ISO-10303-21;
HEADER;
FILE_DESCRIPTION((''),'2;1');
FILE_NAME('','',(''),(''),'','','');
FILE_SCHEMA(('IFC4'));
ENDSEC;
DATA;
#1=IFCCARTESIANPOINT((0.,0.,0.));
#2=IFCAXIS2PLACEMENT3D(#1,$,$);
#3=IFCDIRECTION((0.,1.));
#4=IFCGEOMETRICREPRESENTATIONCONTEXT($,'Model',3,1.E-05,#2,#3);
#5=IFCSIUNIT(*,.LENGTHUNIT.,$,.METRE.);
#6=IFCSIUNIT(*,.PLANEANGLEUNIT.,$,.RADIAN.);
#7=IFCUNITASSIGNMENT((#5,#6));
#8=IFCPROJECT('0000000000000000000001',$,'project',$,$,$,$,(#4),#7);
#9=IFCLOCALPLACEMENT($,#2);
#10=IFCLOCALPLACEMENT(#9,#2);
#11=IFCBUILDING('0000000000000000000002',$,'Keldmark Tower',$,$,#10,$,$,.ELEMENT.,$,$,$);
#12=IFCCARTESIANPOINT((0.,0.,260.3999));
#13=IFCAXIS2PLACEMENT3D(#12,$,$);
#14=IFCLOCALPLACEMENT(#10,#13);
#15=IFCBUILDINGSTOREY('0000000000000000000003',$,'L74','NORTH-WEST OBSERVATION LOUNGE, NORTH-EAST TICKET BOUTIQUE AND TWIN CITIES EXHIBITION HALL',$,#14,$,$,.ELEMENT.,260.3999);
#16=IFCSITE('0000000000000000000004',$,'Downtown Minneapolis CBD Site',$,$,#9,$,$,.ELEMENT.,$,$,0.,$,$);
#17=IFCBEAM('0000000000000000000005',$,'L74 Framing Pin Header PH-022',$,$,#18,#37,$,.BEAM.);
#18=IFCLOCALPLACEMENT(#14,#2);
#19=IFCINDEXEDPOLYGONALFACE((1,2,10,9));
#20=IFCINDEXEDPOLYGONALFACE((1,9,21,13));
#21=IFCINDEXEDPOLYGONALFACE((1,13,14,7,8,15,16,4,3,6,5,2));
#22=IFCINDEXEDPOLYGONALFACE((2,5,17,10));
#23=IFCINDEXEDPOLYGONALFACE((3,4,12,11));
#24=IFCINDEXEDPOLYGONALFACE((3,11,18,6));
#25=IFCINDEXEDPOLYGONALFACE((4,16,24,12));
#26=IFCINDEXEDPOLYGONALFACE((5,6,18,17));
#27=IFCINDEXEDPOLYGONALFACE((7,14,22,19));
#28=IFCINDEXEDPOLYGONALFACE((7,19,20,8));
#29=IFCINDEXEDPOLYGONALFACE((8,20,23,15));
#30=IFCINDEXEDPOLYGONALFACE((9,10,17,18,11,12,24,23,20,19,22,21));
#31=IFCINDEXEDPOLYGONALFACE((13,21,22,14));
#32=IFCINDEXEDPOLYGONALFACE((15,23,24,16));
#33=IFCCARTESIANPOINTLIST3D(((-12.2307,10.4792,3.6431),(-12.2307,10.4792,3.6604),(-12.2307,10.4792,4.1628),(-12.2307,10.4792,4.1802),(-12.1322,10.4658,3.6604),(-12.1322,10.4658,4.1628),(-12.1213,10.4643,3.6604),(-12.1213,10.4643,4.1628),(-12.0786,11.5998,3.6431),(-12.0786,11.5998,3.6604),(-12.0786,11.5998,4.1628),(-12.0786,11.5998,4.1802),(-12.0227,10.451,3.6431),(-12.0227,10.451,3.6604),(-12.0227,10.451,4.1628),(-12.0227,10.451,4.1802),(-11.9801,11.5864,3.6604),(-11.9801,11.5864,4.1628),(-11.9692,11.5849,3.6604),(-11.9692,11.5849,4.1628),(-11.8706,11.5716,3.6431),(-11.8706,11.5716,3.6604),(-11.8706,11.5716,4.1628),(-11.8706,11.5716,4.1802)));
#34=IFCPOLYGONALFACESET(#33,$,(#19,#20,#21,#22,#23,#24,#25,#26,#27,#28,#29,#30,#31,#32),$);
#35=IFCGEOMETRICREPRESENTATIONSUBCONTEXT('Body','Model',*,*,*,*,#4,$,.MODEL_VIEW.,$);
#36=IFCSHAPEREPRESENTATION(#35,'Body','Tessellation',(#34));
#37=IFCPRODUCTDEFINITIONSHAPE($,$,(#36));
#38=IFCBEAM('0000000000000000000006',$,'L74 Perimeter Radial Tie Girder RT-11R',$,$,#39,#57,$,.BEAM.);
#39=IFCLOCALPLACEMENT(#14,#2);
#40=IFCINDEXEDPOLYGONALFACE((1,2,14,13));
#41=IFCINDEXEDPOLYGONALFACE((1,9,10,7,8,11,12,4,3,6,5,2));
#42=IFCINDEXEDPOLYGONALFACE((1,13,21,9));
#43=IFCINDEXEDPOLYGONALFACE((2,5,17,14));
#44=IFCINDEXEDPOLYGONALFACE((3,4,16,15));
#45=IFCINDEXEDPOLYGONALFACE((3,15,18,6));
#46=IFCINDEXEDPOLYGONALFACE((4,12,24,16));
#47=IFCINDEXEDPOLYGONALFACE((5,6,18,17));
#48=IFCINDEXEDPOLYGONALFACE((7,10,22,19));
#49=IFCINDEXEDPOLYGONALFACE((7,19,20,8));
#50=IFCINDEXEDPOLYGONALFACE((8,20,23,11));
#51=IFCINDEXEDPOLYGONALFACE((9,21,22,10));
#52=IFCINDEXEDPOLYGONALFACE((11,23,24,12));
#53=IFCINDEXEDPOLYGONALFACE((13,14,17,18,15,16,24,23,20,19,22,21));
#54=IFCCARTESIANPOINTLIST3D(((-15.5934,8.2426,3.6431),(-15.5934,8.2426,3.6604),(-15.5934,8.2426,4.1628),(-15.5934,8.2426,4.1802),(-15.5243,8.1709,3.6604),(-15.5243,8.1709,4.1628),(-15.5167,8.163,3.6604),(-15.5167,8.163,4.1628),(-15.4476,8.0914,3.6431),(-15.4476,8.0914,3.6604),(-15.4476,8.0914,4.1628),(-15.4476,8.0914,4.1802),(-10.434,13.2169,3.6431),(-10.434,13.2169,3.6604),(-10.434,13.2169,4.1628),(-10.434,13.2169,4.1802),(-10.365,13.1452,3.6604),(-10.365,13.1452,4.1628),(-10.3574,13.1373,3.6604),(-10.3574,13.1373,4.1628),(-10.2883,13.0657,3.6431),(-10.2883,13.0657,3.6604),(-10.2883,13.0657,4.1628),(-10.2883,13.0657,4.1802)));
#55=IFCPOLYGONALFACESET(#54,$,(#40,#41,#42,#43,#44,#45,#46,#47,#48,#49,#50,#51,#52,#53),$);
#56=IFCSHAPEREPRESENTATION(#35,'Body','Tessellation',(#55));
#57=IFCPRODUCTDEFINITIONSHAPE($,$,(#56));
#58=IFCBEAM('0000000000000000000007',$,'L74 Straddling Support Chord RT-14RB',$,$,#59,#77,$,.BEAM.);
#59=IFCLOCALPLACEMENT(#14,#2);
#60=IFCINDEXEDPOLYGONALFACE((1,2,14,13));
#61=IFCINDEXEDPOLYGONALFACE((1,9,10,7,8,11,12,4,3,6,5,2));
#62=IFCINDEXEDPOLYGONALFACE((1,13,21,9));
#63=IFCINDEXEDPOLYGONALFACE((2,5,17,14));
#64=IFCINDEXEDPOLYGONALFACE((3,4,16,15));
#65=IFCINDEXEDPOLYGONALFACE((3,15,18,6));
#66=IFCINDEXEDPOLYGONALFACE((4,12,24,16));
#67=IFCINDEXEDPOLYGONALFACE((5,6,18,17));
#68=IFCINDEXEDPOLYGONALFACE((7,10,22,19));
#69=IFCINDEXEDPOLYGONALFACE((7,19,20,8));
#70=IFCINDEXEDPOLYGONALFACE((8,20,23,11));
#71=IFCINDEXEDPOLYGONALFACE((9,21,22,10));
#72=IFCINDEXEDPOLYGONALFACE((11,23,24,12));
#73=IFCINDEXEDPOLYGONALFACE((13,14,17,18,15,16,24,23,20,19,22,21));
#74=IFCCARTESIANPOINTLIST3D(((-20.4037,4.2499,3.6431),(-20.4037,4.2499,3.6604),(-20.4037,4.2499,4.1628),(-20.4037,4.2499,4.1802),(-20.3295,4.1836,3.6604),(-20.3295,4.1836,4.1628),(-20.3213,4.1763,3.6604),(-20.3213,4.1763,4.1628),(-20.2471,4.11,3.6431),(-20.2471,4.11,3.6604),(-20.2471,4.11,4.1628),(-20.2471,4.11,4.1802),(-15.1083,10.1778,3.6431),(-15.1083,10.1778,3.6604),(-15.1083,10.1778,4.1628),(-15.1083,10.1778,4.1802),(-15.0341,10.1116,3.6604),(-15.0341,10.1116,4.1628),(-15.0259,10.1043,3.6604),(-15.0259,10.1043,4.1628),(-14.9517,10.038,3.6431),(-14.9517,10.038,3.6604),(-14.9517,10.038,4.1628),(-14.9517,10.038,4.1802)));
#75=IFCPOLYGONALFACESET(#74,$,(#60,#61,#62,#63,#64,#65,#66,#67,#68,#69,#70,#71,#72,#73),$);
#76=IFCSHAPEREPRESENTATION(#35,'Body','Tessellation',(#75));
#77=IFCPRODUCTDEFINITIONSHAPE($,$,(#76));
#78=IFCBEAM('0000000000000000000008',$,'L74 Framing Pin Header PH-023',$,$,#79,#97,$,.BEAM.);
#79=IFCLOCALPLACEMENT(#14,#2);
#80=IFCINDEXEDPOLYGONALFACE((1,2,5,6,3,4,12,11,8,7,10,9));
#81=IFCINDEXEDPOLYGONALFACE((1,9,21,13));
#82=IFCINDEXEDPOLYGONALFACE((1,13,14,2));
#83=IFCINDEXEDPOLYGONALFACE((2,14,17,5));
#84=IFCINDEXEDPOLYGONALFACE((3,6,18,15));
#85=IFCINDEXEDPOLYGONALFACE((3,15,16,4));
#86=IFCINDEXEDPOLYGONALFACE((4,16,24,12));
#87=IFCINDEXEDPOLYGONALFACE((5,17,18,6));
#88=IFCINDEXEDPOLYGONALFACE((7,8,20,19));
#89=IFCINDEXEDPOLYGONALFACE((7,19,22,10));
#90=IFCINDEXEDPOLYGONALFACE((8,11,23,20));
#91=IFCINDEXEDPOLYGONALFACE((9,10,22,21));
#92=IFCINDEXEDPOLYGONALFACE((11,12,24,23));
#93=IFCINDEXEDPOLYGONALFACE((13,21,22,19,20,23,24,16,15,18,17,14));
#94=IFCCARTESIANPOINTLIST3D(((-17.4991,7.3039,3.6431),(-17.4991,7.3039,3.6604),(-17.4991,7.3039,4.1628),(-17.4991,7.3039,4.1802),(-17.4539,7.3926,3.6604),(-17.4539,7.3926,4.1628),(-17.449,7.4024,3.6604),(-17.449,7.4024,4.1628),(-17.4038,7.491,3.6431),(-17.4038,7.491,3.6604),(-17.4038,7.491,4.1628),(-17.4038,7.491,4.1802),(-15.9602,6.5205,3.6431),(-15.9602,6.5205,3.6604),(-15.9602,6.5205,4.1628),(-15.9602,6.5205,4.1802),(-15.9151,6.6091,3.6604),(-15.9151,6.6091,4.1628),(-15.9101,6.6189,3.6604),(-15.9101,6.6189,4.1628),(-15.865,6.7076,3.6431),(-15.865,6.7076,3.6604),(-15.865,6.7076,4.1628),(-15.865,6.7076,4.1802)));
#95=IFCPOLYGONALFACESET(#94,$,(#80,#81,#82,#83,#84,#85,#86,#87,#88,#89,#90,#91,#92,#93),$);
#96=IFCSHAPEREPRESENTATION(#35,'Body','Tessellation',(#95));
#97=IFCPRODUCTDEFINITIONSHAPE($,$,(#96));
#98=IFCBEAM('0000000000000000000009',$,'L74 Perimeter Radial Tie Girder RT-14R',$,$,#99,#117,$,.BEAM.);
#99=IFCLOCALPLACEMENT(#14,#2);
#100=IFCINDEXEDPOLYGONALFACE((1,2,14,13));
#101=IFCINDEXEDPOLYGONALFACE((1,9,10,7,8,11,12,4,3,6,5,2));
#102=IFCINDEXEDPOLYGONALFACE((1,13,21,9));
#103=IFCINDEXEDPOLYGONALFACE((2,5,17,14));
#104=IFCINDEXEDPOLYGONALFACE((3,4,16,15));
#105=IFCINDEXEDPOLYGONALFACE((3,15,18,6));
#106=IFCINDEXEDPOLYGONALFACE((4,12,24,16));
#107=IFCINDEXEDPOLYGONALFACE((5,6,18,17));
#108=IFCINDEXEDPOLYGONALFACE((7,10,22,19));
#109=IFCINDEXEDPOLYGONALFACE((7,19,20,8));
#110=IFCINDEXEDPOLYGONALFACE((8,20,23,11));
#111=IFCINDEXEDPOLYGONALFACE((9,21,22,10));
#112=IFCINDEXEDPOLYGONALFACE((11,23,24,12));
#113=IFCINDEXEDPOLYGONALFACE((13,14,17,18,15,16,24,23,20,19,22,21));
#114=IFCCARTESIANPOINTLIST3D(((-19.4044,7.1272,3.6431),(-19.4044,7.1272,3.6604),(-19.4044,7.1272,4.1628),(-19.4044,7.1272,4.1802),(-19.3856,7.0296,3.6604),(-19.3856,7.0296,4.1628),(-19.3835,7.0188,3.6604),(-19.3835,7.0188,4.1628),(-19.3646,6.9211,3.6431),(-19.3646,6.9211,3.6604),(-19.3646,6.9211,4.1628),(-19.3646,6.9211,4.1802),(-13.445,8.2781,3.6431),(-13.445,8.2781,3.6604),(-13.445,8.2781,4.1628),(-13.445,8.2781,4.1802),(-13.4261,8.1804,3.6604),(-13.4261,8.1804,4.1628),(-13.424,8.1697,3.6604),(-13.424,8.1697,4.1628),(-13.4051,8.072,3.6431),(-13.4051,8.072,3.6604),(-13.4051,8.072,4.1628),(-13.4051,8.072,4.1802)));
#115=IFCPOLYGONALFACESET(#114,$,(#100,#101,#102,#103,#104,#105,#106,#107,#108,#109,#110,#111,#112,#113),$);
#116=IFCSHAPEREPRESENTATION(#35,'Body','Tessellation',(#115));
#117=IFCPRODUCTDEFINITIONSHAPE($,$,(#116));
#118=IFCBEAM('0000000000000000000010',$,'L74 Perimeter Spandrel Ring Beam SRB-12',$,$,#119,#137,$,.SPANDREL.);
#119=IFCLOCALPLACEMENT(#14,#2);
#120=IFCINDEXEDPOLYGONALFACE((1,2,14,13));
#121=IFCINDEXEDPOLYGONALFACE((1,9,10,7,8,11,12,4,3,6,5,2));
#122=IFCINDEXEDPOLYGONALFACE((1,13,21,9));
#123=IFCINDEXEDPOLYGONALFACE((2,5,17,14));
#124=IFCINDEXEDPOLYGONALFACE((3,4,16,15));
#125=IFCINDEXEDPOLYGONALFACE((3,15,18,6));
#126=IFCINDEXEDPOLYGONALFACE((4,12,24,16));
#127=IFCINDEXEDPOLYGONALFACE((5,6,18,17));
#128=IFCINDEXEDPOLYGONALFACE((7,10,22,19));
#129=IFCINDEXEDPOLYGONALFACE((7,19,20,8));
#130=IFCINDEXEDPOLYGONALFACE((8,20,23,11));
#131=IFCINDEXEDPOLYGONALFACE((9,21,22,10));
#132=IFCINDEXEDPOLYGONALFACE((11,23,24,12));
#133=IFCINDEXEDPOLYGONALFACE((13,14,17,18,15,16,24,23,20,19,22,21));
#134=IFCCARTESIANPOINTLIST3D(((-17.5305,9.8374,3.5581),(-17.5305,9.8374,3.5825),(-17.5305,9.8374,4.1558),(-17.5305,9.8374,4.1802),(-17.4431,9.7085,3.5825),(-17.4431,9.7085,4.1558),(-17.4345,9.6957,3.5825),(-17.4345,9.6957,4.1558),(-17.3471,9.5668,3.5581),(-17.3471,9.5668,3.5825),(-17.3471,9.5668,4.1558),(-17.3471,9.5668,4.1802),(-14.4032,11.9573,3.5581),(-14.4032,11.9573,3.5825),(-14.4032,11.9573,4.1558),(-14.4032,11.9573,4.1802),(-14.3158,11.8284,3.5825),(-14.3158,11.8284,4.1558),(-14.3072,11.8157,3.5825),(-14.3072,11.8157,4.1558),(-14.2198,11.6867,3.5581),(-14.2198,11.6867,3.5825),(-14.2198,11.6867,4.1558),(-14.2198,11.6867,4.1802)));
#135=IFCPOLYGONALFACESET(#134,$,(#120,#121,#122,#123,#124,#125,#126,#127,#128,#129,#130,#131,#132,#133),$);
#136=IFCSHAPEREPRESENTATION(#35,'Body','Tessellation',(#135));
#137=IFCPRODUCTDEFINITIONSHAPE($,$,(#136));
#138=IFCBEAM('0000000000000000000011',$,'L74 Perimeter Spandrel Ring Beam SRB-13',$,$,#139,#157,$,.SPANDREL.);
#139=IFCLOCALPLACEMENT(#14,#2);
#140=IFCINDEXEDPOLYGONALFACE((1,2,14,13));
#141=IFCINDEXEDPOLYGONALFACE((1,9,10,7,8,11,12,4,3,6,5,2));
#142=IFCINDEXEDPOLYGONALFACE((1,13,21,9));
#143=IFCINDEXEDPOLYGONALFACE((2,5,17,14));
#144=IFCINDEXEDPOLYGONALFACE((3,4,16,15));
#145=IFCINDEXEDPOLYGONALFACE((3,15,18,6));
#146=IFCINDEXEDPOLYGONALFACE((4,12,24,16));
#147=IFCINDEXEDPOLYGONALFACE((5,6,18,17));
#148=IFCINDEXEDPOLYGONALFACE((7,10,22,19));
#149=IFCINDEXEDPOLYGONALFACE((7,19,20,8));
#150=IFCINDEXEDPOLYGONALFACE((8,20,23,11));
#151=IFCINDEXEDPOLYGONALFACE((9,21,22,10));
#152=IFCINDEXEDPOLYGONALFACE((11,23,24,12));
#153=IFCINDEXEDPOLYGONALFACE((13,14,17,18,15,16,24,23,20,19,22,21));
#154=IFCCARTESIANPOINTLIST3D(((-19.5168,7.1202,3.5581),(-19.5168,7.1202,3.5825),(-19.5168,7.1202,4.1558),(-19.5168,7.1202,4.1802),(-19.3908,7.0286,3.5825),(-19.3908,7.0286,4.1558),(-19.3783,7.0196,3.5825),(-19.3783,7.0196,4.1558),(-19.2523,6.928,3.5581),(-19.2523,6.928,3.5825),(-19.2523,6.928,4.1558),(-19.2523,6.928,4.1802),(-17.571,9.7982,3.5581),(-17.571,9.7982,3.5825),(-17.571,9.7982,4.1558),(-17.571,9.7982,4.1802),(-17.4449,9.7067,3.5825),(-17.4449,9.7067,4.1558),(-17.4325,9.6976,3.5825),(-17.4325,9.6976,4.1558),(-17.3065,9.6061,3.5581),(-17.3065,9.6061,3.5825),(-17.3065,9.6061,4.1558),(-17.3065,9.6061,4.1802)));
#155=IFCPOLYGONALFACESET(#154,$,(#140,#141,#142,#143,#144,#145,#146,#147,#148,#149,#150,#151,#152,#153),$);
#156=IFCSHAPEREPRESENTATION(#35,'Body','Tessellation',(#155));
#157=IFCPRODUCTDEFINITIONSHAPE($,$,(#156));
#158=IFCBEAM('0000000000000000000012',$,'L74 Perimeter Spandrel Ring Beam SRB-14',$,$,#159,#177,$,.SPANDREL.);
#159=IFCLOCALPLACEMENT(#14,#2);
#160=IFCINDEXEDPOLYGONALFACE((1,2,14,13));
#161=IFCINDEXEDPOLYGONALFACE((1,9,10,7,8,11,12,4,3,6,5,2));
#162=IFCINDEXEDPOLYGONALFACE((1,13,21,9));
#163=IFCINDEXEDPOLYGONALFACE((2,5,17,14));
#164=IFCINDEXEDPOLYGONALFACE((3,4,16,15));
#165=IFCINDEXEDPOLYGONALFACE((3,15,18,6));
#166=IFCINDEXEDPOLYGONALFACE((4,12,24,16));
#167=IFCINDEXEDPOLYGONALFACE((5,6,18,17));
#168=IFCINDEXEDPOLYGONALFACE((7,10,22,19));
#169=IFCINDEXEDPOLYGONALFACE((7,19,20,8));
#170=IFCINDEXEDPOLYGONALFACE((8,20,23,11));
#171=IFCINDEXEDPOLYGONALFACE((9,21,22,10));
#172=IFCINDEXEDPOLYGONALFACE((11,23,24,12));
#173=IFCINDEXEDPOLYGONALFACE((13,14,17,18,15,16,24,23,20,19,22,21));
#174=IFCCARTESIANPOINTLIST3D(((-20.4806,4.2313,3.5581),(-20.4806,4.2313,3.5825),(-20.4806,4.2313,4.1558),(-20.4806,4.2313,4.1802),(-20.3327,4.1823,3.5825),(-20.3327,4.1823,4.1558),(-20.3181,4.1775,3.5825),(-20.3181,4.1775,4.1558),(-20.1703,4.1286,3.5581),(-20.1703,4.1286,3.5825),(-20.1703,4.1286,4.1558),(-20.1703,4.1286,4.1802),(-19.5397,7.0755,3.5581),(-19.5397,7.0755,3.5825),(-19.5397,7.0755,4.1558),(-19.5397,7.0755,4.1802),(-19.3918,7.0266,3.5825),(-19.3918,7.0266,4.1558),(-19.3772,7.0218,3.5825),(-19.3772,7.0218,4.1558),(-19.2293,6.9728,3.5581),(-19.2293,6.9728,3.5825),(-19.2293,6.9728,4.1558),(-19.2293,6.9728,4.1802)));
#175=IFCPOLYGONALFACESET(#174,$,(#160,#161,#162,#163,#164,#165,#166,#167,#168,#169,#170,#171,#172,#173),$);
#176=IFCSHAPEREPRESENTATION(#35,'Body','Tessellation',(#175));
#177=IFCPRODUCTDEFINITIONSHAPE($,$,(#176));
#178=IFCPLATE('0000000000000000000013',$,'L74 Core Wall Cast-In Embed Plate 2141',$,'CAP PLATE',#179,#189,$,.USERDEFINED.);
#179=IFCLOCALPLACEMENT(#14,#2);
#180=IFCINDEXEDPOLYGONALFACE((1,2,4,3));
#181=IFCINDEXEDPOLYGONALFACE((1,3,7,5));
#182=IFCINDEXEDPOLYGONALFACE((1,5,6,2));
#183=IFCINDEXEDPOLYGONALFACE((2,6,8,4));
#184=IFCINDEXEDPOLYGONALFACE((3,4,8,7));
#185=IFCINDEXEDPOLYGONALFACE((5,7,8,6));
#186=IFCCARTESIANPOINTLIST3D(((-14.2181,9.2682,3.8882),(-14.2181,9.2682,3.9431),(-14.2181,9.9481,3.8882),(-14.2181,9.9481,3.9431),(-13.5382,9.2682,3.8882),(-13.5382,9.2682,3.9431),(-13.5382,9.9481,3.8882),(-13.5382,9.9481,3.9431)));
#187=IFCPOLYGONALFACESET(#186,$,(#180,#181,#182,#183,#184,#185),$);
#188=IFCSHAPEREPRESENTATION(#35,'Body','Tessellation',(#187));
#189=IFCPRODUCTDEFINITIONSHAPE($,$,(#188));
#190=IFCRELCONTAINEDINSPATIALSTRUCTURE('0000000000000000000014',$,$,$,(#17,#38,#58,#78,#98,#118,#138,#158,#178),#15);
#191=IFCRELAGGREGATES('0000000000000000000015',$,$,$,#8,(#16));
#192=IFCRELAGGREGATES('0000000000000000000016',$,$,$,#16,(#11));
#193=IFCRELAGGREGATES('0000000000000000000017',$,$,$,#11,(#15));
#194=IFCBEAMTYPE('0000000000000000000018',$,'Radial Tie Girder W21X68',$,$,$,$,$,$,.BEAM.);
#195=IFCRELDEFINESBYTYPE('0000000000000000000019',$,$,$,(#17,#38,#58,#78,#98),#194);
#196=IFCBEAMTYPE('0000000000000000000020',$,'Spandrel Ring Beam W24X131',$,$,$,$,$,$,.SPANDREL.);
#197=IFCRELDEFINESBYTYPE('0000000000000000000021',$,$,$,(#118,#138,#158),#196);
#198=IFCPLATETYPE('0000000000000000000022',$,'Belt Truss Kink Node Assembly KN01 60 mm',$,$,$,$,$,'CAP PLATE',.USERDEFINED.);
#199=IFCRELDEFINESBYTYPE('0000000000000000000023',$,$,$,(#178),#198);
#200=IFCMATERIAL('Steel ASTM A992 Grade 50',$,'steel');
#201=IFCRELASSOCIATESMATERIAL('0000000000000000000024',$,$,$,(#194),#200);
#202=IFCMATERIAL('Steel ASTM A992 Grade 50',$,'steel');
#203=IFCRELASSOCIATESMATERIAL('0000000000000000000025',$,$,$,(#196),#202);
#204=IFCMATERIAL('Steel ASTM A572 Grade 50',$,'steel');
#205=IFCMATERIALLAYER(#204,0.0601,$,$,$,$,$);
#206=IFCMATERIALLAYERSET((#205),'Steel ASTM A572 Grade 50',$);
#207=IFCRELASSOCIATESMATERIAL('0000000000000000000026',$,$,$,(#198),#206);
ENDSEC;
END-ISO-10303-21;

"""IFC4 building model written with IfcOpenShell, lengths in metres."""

from ifc_helpers import new_model, si_unit, direction, frame, origin, origin_2d, place, context, subcontext, project, spatial, rectangle, i_section, extrude, material, layer, layer_set, material_profile, profile_set, type_object, element, save


model = new_model("IFC4")

# Units and contexts
model_context = context("Model", 3, precision=1e-05, world=origin(), true_north=direction((0.0, 1.0)))
body_context = subcontext(model_context, "Body", "Model", "MODEL_VIEW")
ifc_project = project(units=[si_unit("LENGTHUNIT", "METRE"), si_unit("PLANEANGLEUNIT", "RADIAN")], contexts=[model_context])

# Site, building, storey
site_placement = place(None, origin())
site = spatial("IfcSite", under=ifc_project, at=site_placement, Name="Downtown Minneapolis CBD Site", CompositionType="ELEMENT", RefElevation=0.0)
building_placement = place(site_placement, origin())
building = spatial("IfcBuilding", under=site, at=building_placement, Name="Keldmark Tower", CompositionType="ELEMENT")
storey_placement = place(building_placement, frame((0.0, 0.0, 260.3999)))
storey = spatial("IfcBuildingStorey", under=building, at=storey_placement, Name="L74", Description="NORTH-WEST OBSERVATION LOUNGE, NORTH-EAST TICKET BOUTIQUE AND TWIN CITIES EXHIBITION HALL", CompositionType="ELEMENT", Elevation=260.3999)

# Beams
ifc_material_1 = material(Name="Steel ASTM A992 Grade 50", Category="steel")
ifc_material_profile_1 = material_profile(ifc_material_1, i_section(OverallWidth=0.21, OverallDepth=0.5371, WebThickness=0.011, FlangeThickness=0.0173, at=origin_2d()), Name="W21X68")
ifc_profile_set_1 = profile_set([ifc_material_profile_1], Name="Steel ASTM A992 Grade 50")
beam_type_1 = type_object("IfcBeamType", Name="Radial Tie Girder W21X68", PredefinedType="BEAM", material=ifc_profile_set_1)
beam_1_placement = place(storey_placement, frame((-12.1267, 10.4651, 3.9116), z_axis=(0.134497, 0.990914, 0.0), x_axis=(-0.990914, 0.134497, 0.0)))
element("IfcBeam", 1, at=beam_1_placement, inside=storey, type_object=beam_type_1, Name="L74 Framing Pin Header PH-022", PredefinedType="BEAM", context=body_context, shape_type="SweptSolid", body=[
    extrude(i_section(OverallWidth=0.21, OverallDepth=0.5371, WebThickness=0.011, FlangeThickness=0.0173, at=origin_2d()), origin(), (0.0, 0.0, 1.0), 1.1309),
])
beam_2_placement = place(storey_placement, frame((-15.5205, 8.167, 3.9116), z_axis=(0.7199, 0.694078, 0.0), x_axis=(-0.694078, 0.7199, 0.0)))
element("IfcBeam", 2, at=beam_2_placement, inside=storey, type_object=beam_type_1, Name="L74 Perimeter Radial Tie Girder RT-11R", PredefinedType="BEAM", context=body_context, shape_type="SweptSolid", body=[
    extrude(i_section(OverallWidth=0.21, OverallDepth=0.5371, WebThickness=0.011, FlangeThickness=0.0173, at=origin_2d()), origin(), (0.0, 0.0, 1.0), 7.1667),
])
beam_3_placement = place(storey_placement, frame((-15.03, 10.1079, 3.9116), z_axis=(-0.666196, -0.745777, 0.0), x_axis=(0.745777, -0.666196, 0.0)))
element("IfcBeam", 3, at=beam_3_placement, inside=storey, type_object=beam_type_1, Name="L74 Straddling Support Chord RT-14RB", PredefinedType="BEAM", context=body_context, shape_type="SweptSolid", body=[
    extrude(i_section(OverallWidth=0.21, OverallDepth=0.5371, WebThickness=0.011, FlangeThickness=0.0173, at=origin_2d()), origin(), (0.0, 0.0, 1.0), 7.9487),
])
beam_4_placement = place(storey_placement, frame((-15.9126, 6.614, 3.9116), z_axis=(-0.891152, 0.453705, 0.0), x_axis=(-0.453705, -0.891152, 0.0)))
element("IfcBeam", 4, at=beam_4_placement, inside=storey, type_object=beam_type_1, Name="L74 Framing Pin Header PH-023", PredefinedType="BEAM", context=body_context, shape_type="SweptSolid", body=[
    extrude(i_section(OverallWidth=0.21, OverallDepth=0.5371, WebThickness=0.011, FlangeThickness=0.0173, at=origin_2d()), origin(), (0.0, 0.0, 1.0), 1.7268),
])
beam_5_placement = place(storey_placement, frame((-13.425, 8.175, 3.9116), z_axis=(-0.981859, -0.189614, 0.0), x_axis=(0.189614, -0.981859, 0.0)))
element("IfcBeam", 5, at=beam_5_placement, inside=storey, type_object=beam_type_1, Name="L74 Perimeter Radial Tie Girder RT-14R", PredefinedType="BEAM", context=body_context, shape_type="SweptSolid", body=[
    extrude(i_section(OverallWidth=0.21, OverallDepth=0.5371, WebThickness=0.011, FlangeThickness=0.0173, at=origin_2d()), origin(), (0.0, 0.0, 1.0), 6.0696),
])
ifc_material_2 = material(Name="Steel ASTM A992 Grade 50", Category="steel")
ifc_material_profile_2 = material_profile(ifc_material_2, i_section(OverallWidth=0.3269, OverallDepth=0.6221, WebThickness=0.0154, FlangeThickness=0.0244, at=origin_2d()), Name="W24X131")
ifc_profile_set_2 = profile_set([ifc_material_profile_2], Name="Steel ASTM A992 Grade 50")
beam_type_2 = type_object("IfcBeamType", Name="Spandrel Ring Beam W24X131", PredefinedType="SPANDREL", material=ifc_profile_set_2)
beam_6_placement = place(storey_placement, frame((-14.3115, 11.822, 3.8691), z_axis=(-0.827741, -0.561111, 0.0), x_axis=(0.561111, -0.827741, 0.0)))
element("IfcBeam", 6, at=beam_6_placement, inside=storey, type_object=beam_type_2, Name="L74 Perimeter Spandrel Ring Beam SRB-12", PredefinedType="SPANDREL", context=body_context, shape_type="SweptSolid", body=[
    extrude(i_section(OverallWidth=0.3269, OverallDepth=0.6221, WebThickness=0.0154, FlangeThickness=0.0244, at=origin_2d()), origin(), (0.0, 0.0, 1.0), 3.7781),
])
beam_7_placement = place(storey_placement, frame((-17.4387, 9.7021, 3.8691), z_axis=(-0.587812, -0.808998, 0.0), x_axis=(0.808998, -0.587812, 0.0)))
element("IfcBeam", 7, at=beam_7_placement, inside=storey, type_object=beam_type_2, Name="L74 Perimeter Spandrel Ring Beam SRB-13", PredefinedType="SPANDREL", context=body_context, shape_type="SweptSolid", body=[
    extrude(i_section(OverallWidth=0.3269, OverallDepth=0.6221, WebThickness=0.0154, FlangeThickness=0.0244, at=origin_2d()), origin(), (0.0, 0.0, 1.0), 3.3103),
])
beam_8_placement = place(storey_placement, frame((-19.3845, 7.0242, 3.8691), z_axis=(-0.314076, -0.949398, 0.0), x_axis=(0.949398, -0.314076, 0.0)))
element("IfcBeam", 8, at=beam_8_placement, inside=storey, type_object=beam_type_2, Name="L74 Perimeter Spandrel Ring Beam SRB-14", PredefinedType="SPANDREL", context=body_context, shape_type="SweptSolid", body=[
    extrude(i_section(OverallWidth=0.3269, OverallDepth=0.6221, WebThickness=0.0154, FlangeThickness=0.0244, at=origin_2d()), origin(), (0.0, 0.0, 1.0), 2.9958),
])

# Plate
ifc_material_3 = material(Name="Steel ASTM A572 Grade 50", Category="steel")
ifc_layer_1 = layer(ifc_material_3, 0.0601)
ifc_layer_set_1 = layer_set([ifc_layer_1], Name="Steel ASTM A572 Grade 50")
plate_type_1 = type_object("IfcPlateType", Name="Belt Truss Kink Node Assembly KN01 60 mm", ElementType="CAP PLATE", PredefinedType="USERDEFINED", material=ifc_layer_set_1)
for number, where, z_axis, x_axis, name in (
    (9, (-13.8782, 9.6082, 3.8882), (0.0, 0.0, 1.0), (1.0, 0.0, 0.0), "L74 Core Wall Cast-In Embed Plate 2141"),
):
    element("IfcPlate", number, at=place(storey_placement, frame(where, z_axis=z_axis, x_axis=x_axis)), inside=storey, type_object=plate_type_1, Name=name, ObjectType="CAP PLATE", PredefinedType="USERDEFINED", context=body_context, shape_type="SweptSolid", body=[
        extrude(rectangle(XDim=0.6799, YDim=0.6799, at=origin_2d()), origin(), (0.0, 0.0, 1.0), 0.0549),
    ])

save(model, "model.ifc")
